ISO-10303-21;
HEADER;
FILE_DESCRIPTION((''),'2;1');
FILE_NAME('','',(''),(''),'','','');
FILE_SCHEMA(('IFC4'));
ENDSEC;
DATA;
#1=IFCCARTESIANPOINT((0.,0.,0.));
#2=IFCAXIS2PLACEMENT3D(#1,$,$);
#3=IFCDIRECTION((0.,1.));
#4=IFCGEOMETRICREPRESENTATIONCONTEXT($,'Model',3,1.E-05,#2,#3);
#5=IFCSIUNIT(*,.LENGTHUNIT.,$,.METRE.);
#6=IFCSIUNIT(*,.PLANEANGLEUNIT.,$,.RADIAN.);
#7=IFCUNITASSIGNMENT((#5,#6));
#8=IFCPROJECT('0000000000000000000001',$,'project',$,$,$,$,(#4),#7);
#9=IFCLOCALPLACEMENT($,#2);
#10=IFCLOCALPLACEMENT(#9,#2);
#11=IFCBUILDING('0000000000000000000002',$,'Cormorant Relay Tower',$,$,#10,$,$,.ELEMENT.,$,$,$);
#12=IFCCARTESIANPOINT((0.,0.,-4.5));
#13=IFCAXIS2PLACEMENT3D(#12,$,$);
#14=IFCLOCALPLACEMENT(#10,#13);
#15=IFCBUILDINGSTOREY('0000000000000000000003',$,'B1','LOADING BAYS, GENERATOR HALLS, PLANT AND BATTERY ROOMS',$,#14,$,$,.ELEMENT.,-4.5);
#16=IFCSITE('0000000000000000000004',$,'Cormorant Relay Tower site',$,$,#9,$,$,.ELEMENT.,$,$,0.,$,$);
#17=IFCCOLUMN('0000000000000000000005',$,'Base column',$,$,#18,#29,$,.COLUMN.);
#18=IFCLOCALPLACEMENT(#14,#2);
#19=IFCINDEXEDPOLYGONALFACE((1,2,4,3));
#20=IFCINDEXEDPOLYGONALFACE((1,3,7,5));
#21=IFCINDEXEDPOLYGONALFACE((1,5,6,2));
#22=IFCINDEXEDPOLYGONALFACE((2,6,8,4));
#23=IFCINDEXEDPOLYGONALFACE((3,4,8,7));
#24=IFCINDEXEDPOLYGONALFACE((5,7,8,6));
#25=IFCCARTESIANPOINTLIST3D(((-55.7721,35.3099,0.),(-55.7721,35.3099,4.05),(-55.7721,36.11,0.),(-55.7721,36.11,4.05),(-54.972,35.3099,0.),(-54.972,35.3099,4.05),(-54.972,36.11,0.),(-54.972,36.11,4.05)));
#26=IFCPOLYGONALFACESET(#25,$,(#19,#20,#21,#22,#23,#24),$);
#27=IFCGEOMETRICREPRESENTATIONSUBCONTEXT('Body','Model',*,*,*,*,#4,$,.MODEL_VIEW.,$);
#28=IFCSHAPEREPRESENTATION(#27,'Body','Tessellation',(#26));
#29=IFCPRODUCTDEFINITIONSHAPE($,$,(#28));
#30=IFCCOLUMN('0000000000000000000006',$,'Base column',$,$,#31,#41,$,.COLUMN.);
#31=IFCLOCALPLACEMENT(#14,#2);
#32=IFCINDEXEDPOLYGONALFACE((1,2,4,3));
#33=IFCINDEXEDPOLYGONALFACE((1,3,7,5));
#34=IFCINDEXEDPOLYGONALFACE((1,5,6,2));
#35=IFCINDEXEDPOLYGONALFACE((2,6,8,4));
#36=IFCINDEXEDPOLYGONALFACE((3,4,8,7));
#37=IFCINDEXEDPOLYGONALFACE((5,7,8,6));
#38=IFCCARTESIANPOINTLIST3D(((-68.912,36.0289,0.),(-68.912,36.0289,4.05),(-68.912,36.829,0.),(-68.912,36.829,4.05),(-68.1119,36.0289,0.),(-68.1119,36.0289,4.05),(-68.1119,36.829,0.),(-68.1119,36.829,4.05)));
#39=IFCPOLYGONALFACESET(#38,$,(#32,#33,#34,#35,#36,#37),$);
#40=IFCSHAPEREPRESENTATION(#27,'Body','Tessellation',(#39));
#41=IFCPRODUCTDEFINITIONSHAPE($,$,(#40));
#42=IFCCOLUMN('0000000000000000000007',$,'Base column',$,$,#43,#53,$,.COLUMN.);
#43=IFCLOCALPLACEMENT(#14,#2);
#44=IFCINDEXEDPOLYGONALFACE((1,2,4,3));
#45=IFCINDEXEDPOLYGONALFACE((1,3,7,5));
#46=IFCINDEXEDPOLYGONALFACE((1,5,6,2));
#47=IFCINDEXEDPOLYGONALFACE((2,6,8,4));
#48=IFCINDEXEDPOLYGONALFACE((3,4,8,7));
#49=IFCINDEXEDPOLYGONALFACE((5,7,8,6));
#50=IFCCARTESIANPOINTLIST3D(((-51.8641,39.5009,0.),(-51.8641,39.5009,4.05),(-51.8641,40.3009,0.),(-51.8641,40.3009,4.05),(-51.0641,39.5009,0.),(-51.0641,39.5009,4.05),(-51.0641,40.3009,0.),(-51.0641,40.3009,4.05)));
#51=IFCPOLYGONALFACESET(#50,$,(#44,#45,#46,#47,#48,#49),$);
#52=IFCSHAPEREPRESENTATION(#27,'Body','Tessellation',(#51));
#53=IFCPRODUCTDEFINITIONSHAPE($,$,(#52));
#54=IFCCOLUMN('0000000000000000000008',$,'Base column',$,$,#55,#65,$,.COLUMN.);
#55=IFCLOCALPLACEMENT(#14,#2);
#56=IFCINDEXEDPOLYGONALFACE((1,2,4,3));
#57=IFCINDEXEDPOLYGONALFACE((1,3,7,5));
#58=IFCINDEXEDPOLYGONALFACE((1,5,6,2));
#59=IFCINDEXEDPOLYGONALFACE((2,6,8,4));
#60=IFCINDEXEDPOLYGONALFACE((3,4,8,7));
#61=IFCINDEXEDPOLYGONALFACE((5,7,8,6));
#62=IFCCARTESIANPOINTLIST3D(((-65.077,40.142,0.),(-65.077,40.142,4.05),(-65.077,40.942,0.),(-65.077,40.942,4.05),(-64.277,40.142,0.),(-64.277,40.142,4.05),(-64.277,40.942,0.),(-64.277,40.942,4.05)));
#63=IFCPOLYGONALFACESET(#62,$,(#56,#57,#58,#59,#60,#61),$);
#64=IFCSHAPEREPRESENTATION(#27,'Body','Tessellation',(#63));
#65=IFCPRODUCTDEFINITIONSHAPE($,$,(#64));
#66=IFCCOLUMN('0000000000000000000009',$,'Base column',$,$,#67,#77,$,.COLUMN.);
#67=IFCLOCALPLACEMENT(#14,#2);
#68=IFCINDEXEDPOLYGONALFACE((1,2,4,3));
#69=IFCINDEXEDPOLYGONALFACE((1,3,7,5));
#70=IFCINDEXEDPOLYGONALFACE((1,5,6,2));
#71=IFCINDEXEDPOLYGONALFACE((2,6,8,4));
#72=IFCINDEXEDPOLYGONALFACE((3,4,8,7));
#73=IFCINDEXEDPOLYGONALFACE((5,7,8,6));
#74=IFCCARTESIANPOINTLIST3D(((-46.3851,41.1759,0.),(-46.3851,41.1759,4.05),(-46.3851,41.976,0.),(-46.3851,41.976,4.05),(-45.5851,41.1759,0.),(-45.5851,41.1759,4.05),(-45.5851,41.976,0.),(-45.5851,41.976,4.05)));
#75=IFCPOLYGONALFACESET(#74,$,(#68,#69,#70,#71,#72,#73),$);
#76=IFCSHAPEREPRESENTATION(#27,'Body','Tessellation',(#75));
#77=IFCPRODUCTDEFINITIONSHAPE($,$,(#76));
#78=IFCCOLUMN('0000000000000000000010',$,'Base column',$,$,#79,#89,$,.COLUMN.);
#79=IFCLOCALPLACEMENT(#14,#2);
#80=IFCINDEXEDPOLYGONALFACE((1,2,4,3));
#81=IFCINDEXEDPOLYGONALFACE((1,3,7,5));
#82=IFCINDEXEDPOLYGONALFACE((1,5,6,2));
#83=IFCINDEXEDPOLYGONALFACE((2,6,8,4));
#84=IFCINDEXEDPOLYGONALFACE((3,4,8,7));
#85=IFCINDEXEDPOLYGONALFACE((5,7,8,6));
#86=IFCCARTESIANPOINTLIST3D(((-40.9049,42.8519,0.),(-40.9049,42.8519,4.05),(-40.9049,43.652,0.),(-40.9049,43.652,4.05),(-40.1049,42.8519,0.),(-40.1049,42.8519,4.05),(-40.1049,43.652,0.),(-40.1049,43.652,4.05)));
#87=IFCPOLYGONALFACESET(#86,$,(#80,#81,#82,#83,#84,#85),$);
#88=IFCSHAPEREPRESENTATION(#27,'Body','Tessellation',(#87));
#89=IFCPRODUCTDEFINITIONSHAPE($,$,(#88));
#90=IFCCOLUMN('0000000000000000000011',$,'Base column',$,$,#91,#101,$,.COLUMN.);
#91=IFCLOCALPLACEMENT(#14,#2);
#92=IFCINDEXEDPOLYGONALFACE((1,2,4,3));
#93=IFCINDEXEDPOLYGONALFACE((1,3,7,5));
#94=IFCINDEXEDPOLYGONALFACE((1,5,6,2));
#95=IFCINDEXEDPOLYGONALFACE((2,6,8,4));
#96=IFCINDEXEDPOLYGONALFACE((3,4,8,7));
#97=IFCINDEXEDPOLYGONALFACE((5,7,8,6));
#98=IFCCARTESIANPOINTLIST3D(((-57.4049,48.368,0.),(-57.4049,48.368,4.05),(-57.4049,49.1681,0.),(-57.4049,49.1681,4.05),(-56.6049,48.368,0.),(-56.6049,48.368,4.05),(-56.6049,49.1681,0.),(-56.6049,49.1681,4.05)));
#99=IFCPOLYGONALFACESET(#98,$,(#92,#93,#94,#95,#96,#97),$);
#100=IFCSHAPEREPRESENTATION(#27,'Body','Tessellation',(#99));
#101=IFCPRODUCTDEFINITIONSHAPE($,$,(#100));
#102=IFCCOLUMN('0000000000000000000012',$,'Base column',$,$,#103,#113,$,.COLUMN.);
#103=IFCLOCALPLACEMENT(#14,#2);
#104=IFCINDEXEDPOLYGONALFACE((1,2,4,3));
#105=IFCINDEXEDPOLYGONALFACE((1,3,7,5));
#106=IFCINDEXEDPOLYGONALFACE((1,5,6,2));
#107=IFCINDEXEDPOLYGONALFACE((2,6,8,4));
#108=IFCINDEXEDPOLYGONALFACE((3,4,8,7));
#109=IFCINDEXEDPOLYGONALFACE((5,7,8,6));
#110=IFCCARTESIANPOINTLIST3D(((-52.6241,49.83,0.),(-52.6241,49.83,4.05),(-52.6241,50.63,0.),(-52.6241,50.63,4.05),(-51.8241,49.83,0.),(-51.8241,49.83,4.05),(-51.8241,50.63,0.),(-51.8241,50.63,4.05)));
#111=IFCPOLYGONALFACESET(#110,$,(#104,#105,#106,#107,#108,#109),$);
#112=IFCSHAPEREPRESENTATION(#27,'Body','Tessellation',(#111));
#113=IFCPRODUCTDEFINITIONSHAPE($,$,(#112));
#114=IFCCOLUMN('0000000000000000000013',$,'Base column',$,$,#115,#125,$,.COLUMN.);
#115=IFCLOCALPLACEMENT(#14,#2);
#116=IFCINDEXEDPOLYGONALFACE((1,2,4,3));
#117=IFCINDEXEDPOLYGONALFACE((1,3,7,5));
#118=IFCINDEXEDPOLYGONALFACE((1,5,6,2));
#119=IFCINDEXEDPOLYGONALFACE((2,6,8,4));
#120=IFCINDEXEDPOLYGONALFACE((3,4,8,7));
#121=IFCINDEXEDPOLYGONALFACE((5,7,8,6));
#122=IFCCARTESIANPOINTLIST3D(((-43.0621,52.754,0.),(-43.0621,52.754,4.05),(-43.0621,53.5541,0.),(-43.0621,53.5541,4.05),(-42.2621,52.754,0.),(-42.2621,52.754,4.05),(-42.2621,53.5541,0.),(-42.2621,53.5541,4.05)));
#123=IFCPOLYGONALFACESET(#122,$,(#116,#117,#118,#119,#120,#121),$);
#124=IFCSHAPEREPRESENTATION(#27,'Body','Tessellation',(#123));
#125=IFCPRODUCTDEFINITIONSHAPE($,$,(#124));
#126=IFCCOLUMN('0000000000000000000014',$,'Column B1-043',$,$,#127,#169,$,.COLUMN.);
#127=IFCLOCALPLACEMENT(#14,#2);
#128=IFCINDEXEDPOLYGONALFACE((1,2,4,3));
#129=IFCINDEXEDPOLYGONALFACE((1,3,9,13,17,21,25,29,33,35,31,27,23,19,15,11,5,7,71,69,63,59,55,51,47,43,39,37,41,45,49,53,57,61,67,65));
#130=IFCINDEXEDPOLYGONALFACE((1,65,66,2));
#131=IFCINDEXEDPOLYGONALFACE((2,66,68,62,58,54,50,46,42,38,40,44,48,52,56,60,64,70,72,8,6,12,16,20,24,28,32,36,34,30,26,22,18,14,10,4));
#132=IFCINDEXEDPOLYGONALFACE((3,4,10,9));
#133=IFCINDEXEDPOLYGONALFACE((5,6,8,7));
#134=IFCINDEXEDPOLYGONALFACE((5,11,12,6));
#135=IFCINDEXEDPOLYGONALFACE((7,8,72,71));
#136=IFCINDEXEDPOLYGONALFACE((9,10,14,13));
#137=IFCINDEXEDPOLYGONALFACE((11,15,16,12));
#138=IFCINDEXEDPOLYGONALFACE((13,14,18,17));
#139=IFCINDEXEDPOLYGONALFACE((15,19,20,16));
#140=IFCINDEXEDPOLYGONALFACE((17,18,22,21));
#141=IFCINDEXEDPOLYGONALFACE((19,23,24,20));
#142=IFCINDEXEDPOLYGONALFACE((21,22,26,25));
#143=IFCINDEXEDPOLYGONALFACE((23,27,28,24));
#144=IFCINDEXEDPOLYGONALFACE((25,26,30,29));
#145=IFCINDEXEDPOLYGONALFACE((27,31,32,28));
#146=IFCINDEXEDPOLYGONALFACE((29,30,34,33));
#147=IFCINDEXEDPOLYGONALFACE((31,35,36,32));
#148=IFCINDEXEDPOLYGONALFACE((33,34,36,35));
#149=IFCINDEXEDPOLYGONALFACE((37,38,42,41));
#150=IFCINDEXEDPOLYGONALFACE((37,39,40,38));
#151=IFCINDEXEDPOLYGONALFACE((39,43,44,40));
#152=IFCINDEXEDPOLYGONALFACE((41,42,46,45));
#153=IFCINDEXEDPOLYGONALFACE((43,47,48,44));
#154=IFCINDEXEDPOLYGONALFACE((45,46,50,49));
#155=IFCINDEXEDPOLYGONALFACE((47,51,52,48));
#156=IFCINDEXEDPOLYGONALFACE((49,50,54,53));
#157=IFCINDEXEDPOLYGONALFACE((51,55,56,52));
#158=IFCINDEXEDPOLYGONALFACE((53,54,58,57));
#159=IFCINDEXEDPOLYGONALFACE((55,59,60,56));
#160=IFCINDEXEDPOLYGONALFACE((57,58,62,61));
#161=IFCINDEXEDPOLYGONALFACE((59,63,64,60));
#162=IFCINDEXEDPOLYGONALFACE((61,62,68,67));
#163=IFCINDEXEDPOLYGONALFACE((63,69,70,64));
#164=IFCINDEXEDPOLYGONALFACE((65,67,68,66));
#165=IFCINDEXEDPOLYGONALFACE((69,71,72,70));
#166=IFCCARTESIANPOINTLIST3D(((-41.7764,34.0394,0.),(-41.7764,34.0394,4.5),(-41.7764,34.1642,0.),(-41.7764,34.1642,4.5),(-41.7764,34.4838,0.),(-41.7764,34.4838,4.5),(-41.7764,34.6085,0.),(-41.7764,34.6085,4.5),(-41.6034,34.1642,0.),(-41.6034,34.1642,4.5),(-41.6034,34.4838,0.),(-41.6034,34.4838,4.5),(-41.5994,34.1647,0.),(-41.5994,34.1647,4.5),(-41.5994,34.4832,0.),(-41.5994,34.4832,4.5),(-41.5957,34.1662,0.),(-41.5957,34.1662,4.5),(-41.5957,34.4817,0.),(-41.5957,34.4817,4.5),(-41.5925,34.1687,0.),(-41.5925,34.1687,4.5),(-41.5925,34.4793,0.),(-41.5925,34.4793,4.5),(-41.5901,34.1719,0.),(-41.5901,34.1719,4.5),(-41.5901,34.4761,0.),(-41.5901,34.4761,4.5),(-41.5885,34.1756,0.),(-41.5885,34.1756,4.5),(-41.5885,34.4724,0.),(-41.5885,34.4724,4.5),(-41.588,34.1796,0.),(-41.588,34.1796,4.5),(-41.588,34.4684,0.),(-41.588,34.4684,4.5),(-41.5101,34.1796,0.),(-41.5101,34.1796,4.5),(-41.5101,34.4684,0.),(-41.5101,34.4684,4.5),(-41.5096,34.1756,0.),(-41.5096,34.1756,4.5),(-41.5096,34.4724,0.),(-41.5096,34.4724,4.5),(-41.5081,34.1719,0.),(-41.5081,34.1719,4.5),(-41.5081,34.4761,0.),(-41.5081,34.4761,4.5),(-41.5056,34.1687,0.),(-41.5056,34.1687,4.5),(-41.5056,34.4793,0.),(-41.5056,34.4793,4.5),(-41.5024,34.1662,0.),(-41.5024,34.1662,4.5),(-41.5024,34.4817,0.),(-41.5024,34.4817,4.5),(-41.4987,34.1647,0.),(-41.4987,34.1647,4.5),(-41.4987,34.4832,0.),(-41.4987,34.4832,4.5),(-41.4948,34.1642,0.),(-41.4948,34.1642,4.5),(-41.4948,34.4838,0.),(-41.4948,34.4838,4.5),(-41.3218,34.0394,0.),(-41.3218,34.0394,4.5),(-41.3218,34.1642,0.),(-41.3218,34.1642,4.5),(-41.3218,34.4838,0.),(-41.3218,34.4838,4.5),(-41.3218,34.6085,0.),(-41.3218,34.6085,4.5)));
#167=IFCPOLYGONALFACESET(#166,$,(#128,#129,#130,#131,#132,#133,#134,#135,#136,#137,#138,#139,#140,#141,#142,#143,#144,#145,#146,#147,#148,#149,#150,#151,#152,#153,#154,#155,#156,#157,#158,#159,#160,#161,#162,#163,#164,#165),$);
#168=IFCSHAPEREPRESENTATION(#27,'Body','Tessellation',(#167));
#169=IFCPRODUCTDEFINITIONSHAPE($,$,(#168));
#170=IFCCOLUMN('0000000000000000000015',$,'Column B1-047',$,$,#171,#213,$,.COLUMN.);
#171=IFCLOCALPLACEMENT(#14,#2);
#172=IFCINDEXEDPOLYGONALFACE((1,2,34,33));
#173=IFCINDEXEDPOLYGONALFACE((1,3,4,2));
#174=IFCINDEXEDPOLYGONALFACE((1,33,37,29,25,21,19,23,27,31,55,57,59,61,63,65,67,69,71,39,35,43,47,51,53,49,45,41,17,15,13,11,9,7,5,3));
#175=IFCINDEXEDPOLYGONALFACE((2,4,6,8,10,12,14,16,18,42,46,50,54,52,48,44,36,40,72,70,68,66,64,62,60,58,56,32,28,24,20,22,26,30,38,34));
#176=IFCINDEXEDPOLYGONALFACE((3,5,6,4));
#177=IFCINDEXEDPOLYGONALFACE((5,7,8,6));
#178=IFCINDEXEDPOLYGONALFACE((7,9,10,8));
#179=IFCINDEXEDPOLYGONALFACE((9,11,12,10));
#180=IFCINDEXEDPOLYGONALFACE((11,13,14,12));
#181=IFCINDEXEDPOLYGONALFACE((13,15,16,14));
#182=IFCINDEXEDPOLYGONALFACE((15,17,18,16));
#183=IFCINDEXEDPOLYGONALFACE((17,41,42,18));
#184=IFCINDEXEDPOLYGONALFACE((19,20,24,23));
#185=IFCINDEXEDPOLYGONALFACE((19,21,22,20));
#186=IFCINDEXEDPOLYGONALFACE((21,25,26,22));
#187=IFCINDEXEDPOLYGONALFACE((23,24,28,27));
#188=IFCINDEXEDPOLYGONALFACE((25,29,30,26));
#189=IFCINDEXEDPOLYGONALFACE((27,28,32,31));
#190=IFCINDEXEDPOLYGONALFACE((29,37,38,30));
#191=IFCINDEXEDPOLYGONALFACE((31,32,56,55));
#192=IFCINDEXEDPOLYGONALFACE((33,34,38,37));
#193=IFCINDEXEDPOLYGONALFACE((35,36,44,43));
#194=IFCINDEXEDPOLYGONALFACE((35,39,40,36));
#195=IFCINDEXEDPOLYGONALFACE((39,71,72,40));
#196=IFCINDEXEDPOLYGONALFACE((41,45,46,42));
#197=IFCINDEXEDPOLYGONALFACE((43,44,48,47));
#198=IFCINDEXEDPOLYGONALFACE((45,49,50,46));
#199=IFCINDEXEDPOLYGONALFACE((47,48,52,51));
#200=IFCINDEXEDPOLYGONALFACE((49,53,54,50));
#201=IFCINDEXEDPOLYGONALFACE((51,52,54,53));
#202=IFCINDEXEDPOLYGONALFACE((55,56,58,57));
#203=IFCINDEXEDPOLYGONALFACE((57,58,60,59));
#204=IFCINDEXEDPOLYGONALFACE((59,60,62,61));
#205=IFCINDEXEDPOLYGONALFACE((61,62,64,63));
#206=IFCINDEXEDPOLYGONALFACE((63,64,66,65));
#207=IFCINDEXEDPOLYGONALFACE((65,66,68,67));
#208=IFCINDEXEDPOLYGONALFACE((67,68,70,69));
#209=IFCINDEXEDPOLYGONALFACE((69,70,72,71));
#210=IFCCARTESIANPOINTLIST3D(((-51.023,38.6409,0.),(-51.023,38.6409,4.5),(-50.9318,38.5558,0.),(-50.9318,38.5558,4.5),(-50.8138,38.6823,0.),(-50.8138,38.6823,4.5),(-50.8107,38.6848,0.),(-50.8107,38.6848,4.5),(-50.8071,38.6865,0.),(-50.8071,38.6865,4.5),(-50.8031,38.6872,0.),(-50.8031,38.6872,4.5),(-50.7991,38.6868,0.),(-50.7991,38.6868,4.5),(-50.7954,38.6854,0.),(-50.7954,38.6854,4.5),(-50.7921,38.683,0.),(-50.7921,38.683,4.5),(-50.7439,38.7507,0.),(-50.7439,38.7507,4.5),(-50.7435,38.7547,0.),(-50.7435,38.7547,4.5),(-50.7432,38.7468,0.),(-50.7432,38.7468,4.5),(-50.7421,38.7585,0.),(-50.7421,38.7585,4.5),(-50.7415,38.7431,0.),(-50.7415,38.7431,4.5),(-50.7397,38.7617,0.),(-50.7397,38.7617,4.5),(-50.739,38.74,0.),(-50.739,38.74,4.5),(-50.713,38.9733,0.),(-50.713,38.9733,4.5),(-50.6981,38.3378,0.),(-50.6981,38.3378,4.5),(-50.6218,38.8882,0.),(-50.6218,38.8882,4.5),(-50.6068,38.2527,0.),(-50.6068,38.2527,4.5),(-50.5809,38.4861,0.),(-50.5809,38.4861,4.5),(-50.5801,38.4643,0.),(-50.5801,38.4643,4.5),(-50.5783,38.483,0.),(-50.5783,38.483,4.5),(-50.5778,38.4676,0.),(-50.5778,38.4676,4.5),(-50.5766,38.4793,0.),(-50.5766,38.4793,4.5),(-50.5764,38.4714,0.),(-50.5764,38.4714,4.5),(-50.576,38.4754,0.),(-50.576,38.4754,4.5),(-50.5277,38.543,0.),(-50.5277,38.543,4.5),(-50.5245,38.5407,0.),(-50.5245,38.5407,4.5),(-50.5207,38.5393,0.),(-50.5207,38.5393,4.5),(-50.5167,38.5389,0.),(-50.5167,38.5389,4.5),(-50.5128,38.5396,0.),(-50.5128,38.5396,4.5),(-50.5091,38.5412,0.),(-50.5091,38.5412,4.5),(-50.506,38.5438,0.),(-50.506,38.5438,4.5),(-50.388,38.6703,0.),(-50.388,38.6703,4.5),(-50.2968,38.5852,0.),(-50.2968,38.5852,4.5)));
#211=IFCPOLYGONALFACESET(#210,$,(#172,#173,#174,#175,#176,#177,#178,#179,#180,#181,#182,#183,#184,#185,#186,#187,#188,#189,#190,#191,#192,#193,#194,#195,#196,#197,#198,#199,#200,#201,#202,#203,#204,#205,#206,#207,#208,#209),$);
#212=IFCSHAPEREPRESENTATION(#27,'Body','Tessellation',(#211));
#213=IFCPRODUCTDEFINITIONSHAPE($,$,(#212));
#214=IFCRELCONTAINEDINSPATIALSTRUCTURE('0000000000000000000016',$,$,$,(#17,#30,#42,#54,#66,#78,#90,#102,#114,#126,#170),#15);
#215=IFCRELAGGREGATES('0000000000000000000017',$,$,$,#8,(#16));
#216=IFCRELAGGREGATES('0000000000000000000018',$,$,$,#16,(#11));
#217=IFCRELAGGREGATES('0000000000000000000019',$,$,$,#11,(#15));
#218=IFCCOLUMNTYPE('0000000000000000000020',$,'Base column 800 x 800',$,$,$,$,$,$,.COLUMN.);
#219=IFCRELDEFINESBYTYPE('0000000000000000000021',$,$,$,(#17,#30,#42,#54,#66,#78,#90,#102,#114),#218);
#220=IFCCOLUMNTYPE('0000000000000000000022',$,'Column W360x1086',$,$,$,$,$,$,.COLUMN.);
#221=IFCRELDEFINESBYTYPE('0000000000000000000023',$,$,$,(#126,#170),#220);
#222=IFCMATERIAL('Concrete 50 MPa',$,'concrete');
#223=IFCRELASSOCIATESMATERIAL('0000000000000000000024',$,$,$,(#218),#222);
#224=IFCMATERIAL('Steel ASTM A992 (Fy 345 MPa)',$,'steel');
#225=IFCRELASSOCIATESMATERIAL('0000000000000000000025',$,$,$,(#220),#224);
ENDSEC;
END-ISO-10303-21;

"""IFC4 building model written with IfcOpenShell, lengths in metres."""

from ifc_helpers import new_model, si_unit, direction, frame, origin, origin_2d, place, context, subcontext, project, spatial, rectangle, i_section, extrude, material, material_profile, profile_set, type_object, element, save


model = new_model("IFC4")

# Units and contexts
model_context = context("Model", 3, precision=1e-05, world=origin(), true_north=direction((0.0, 1.0)))
body_context = subcontext(model_context, "Body", "Model", "MODEL_VIEW")
ifc_project = project(units=[si_unit("LENGTHUNIT", "METRE"), si_unit("PLANEANGLEUNIT", "RADIAN")], contexts=[model_context])

# Site, building, storey
site_placement = place(None, origin())
site = spatial("IfcSite", under=ifc_project, at=site_placement, Name="Cormorant Relay Tower site", CompositionType="ELEMENT", RefElevation=0.0)
building_placement = place(site_placement, origin())
building = spatial("IfcBuilding", under=site, at=building_placement, Name="Cormorant Relay Tower", CompositionType="ELEMENT")
storey_placement = place(building_placement, frame((0.0, 0.0, -4.5)))
storey = spatial("IfcBuildingStorey", under=building, at=storey_placement, Name="B1", Description="LOADING BAYS, GENERATOR HALLS, PLANT AND BATTERY ROOMS", CompositionType="ELEMENT", Elevation=-4.5)

# Columns
ifc_material_1 = material(Name="Concrete 50 MPa", Category="concrete")
ifc_material_profile_1 = material_profile(ifc_material_1, rectangle(XDim=0.8, YDim=0.8, at=origin_2d()), Name="RC 800x800")
ifc_profile_set_1 = profile_set([ifc_material_profile_1], Name="Concrete 50 MPa")
column_type_1 = type_object("IfcColumnType", Name="Base column 800 x 800", PredefinedType="COLUMN", material=ifc_profile_set_1)
for number, where, z_axis, x_axis, name in (
    (1, (-55.3721, 35.71, 0.0), (0.0, 0.0, 1.0), (1.0, 0.0, 0.0), "Base column"),
    (2, (-68.512, 36.429, 0.0), (0.0, 0.0, 1.0), (1.0, 0.0, 0.0), "Base column"),
    (3, (-51.4641, 39.9009, 0.0), (0.0, 0.0, 1.0), (1.0, 0.0, 0.0), "Base column"),
    (4, (-64.677, 40.542, 0.0), (0.0, 0.0, 1.0), (1.0, 0.0, 0.0), "Base column"),
    (5, (-45.9851, 41.5759, 0.0), (0.0, 0.0, 1.0), (1.0, 0.0, 0.0), "Base column"),
    (6, (-40.5049, 43.252, 0.0), (0.0, 0.0, 1.0), (1.0, 0.0, 0.0), "Base column"),
    (7, (-57.0049, 48.7681, 0.0), (0.0, 0.0, 1.0), (1.0, 0.0, 0.0), "Base column"),
    (8, (-52.2241, 50.23, 0.0), (0.0, 0.0, 1.0), (1.0, 0.0, 0.0), "Base column"),
    (9, (-42.6621, 53.1541, 0.0), (0.0, 0.0, 1.0), (1.0, 0.0, 0.0), "Base column"),
):
    element("IfcColumn", number, at=place(storey_placement, frame(where, z_axis=z_axis, x_axis=x_axis)), inside=storey, type_object=column_type_1, Name=name, PredefinedType="COLUMN", context=body_context, shape_type="SweptSolid", body=[
        extrude(rectangle(XDim=0.8, YDim=0.8, at=origin_2d()), origin(), (0.0, 0.0, 1.0), 4.05),
    ])
ifc_material_2 = material(Name="Steel ASTM A992 (Fy 345 MPa)", Category="steel")
ifc_material_profile_2 = material_profile(ifc_material_2, i_section(OverallWidth=0.4546, OverallDepth=0.5691, WebThickness=0.0779, FlangeThickness=0.1248, FilletRadius=0.0154, at=origin_2d()), Name="W360x1086")
ifc_profile_set_2 = profile_set([ifc_material_profile_2], Name="Steel ASTM A992 (Fy 345 MPa)")
column_type_2 = type_object("IfcColumnType", Name="Column W360x1086", PredefinedType="COLUMN", material=ifc_profile_set_2)
for number, where, z_axis, x_axis, name in (
    (10, (-41.5491, 34.324, 0.0), (0.0, 0.0, 1.0), (1.0, 0.0, 0.0), "Column B1-043"),
    (11, (-50.6599, 38.613, 0.0), (0.0, 0.0, 1.0), (-0.681998, -0.731354, 0.0), "Column B1-047"),
):
    element("IfcColumn", number, at=place(storey_placement, frame(where, z_axis=z_axis, x_axis=x_axis)), inside=storey, type_object=column_type_2, Name=name, PredefinedType="COLUMN", context=body_context, shape_type="SweptSolid", body=[
        extrude(i_section(OverallWidth=0.4546, OverallDepth=0.5691, WebThickness=0.0779, FlangeThickness=0.1248, FilletRadius=0.0154, at=origin_2d()), origin(), (0.0, 0.0, 1.0), 4.5),
    ])

save(model, "model.ifc")
